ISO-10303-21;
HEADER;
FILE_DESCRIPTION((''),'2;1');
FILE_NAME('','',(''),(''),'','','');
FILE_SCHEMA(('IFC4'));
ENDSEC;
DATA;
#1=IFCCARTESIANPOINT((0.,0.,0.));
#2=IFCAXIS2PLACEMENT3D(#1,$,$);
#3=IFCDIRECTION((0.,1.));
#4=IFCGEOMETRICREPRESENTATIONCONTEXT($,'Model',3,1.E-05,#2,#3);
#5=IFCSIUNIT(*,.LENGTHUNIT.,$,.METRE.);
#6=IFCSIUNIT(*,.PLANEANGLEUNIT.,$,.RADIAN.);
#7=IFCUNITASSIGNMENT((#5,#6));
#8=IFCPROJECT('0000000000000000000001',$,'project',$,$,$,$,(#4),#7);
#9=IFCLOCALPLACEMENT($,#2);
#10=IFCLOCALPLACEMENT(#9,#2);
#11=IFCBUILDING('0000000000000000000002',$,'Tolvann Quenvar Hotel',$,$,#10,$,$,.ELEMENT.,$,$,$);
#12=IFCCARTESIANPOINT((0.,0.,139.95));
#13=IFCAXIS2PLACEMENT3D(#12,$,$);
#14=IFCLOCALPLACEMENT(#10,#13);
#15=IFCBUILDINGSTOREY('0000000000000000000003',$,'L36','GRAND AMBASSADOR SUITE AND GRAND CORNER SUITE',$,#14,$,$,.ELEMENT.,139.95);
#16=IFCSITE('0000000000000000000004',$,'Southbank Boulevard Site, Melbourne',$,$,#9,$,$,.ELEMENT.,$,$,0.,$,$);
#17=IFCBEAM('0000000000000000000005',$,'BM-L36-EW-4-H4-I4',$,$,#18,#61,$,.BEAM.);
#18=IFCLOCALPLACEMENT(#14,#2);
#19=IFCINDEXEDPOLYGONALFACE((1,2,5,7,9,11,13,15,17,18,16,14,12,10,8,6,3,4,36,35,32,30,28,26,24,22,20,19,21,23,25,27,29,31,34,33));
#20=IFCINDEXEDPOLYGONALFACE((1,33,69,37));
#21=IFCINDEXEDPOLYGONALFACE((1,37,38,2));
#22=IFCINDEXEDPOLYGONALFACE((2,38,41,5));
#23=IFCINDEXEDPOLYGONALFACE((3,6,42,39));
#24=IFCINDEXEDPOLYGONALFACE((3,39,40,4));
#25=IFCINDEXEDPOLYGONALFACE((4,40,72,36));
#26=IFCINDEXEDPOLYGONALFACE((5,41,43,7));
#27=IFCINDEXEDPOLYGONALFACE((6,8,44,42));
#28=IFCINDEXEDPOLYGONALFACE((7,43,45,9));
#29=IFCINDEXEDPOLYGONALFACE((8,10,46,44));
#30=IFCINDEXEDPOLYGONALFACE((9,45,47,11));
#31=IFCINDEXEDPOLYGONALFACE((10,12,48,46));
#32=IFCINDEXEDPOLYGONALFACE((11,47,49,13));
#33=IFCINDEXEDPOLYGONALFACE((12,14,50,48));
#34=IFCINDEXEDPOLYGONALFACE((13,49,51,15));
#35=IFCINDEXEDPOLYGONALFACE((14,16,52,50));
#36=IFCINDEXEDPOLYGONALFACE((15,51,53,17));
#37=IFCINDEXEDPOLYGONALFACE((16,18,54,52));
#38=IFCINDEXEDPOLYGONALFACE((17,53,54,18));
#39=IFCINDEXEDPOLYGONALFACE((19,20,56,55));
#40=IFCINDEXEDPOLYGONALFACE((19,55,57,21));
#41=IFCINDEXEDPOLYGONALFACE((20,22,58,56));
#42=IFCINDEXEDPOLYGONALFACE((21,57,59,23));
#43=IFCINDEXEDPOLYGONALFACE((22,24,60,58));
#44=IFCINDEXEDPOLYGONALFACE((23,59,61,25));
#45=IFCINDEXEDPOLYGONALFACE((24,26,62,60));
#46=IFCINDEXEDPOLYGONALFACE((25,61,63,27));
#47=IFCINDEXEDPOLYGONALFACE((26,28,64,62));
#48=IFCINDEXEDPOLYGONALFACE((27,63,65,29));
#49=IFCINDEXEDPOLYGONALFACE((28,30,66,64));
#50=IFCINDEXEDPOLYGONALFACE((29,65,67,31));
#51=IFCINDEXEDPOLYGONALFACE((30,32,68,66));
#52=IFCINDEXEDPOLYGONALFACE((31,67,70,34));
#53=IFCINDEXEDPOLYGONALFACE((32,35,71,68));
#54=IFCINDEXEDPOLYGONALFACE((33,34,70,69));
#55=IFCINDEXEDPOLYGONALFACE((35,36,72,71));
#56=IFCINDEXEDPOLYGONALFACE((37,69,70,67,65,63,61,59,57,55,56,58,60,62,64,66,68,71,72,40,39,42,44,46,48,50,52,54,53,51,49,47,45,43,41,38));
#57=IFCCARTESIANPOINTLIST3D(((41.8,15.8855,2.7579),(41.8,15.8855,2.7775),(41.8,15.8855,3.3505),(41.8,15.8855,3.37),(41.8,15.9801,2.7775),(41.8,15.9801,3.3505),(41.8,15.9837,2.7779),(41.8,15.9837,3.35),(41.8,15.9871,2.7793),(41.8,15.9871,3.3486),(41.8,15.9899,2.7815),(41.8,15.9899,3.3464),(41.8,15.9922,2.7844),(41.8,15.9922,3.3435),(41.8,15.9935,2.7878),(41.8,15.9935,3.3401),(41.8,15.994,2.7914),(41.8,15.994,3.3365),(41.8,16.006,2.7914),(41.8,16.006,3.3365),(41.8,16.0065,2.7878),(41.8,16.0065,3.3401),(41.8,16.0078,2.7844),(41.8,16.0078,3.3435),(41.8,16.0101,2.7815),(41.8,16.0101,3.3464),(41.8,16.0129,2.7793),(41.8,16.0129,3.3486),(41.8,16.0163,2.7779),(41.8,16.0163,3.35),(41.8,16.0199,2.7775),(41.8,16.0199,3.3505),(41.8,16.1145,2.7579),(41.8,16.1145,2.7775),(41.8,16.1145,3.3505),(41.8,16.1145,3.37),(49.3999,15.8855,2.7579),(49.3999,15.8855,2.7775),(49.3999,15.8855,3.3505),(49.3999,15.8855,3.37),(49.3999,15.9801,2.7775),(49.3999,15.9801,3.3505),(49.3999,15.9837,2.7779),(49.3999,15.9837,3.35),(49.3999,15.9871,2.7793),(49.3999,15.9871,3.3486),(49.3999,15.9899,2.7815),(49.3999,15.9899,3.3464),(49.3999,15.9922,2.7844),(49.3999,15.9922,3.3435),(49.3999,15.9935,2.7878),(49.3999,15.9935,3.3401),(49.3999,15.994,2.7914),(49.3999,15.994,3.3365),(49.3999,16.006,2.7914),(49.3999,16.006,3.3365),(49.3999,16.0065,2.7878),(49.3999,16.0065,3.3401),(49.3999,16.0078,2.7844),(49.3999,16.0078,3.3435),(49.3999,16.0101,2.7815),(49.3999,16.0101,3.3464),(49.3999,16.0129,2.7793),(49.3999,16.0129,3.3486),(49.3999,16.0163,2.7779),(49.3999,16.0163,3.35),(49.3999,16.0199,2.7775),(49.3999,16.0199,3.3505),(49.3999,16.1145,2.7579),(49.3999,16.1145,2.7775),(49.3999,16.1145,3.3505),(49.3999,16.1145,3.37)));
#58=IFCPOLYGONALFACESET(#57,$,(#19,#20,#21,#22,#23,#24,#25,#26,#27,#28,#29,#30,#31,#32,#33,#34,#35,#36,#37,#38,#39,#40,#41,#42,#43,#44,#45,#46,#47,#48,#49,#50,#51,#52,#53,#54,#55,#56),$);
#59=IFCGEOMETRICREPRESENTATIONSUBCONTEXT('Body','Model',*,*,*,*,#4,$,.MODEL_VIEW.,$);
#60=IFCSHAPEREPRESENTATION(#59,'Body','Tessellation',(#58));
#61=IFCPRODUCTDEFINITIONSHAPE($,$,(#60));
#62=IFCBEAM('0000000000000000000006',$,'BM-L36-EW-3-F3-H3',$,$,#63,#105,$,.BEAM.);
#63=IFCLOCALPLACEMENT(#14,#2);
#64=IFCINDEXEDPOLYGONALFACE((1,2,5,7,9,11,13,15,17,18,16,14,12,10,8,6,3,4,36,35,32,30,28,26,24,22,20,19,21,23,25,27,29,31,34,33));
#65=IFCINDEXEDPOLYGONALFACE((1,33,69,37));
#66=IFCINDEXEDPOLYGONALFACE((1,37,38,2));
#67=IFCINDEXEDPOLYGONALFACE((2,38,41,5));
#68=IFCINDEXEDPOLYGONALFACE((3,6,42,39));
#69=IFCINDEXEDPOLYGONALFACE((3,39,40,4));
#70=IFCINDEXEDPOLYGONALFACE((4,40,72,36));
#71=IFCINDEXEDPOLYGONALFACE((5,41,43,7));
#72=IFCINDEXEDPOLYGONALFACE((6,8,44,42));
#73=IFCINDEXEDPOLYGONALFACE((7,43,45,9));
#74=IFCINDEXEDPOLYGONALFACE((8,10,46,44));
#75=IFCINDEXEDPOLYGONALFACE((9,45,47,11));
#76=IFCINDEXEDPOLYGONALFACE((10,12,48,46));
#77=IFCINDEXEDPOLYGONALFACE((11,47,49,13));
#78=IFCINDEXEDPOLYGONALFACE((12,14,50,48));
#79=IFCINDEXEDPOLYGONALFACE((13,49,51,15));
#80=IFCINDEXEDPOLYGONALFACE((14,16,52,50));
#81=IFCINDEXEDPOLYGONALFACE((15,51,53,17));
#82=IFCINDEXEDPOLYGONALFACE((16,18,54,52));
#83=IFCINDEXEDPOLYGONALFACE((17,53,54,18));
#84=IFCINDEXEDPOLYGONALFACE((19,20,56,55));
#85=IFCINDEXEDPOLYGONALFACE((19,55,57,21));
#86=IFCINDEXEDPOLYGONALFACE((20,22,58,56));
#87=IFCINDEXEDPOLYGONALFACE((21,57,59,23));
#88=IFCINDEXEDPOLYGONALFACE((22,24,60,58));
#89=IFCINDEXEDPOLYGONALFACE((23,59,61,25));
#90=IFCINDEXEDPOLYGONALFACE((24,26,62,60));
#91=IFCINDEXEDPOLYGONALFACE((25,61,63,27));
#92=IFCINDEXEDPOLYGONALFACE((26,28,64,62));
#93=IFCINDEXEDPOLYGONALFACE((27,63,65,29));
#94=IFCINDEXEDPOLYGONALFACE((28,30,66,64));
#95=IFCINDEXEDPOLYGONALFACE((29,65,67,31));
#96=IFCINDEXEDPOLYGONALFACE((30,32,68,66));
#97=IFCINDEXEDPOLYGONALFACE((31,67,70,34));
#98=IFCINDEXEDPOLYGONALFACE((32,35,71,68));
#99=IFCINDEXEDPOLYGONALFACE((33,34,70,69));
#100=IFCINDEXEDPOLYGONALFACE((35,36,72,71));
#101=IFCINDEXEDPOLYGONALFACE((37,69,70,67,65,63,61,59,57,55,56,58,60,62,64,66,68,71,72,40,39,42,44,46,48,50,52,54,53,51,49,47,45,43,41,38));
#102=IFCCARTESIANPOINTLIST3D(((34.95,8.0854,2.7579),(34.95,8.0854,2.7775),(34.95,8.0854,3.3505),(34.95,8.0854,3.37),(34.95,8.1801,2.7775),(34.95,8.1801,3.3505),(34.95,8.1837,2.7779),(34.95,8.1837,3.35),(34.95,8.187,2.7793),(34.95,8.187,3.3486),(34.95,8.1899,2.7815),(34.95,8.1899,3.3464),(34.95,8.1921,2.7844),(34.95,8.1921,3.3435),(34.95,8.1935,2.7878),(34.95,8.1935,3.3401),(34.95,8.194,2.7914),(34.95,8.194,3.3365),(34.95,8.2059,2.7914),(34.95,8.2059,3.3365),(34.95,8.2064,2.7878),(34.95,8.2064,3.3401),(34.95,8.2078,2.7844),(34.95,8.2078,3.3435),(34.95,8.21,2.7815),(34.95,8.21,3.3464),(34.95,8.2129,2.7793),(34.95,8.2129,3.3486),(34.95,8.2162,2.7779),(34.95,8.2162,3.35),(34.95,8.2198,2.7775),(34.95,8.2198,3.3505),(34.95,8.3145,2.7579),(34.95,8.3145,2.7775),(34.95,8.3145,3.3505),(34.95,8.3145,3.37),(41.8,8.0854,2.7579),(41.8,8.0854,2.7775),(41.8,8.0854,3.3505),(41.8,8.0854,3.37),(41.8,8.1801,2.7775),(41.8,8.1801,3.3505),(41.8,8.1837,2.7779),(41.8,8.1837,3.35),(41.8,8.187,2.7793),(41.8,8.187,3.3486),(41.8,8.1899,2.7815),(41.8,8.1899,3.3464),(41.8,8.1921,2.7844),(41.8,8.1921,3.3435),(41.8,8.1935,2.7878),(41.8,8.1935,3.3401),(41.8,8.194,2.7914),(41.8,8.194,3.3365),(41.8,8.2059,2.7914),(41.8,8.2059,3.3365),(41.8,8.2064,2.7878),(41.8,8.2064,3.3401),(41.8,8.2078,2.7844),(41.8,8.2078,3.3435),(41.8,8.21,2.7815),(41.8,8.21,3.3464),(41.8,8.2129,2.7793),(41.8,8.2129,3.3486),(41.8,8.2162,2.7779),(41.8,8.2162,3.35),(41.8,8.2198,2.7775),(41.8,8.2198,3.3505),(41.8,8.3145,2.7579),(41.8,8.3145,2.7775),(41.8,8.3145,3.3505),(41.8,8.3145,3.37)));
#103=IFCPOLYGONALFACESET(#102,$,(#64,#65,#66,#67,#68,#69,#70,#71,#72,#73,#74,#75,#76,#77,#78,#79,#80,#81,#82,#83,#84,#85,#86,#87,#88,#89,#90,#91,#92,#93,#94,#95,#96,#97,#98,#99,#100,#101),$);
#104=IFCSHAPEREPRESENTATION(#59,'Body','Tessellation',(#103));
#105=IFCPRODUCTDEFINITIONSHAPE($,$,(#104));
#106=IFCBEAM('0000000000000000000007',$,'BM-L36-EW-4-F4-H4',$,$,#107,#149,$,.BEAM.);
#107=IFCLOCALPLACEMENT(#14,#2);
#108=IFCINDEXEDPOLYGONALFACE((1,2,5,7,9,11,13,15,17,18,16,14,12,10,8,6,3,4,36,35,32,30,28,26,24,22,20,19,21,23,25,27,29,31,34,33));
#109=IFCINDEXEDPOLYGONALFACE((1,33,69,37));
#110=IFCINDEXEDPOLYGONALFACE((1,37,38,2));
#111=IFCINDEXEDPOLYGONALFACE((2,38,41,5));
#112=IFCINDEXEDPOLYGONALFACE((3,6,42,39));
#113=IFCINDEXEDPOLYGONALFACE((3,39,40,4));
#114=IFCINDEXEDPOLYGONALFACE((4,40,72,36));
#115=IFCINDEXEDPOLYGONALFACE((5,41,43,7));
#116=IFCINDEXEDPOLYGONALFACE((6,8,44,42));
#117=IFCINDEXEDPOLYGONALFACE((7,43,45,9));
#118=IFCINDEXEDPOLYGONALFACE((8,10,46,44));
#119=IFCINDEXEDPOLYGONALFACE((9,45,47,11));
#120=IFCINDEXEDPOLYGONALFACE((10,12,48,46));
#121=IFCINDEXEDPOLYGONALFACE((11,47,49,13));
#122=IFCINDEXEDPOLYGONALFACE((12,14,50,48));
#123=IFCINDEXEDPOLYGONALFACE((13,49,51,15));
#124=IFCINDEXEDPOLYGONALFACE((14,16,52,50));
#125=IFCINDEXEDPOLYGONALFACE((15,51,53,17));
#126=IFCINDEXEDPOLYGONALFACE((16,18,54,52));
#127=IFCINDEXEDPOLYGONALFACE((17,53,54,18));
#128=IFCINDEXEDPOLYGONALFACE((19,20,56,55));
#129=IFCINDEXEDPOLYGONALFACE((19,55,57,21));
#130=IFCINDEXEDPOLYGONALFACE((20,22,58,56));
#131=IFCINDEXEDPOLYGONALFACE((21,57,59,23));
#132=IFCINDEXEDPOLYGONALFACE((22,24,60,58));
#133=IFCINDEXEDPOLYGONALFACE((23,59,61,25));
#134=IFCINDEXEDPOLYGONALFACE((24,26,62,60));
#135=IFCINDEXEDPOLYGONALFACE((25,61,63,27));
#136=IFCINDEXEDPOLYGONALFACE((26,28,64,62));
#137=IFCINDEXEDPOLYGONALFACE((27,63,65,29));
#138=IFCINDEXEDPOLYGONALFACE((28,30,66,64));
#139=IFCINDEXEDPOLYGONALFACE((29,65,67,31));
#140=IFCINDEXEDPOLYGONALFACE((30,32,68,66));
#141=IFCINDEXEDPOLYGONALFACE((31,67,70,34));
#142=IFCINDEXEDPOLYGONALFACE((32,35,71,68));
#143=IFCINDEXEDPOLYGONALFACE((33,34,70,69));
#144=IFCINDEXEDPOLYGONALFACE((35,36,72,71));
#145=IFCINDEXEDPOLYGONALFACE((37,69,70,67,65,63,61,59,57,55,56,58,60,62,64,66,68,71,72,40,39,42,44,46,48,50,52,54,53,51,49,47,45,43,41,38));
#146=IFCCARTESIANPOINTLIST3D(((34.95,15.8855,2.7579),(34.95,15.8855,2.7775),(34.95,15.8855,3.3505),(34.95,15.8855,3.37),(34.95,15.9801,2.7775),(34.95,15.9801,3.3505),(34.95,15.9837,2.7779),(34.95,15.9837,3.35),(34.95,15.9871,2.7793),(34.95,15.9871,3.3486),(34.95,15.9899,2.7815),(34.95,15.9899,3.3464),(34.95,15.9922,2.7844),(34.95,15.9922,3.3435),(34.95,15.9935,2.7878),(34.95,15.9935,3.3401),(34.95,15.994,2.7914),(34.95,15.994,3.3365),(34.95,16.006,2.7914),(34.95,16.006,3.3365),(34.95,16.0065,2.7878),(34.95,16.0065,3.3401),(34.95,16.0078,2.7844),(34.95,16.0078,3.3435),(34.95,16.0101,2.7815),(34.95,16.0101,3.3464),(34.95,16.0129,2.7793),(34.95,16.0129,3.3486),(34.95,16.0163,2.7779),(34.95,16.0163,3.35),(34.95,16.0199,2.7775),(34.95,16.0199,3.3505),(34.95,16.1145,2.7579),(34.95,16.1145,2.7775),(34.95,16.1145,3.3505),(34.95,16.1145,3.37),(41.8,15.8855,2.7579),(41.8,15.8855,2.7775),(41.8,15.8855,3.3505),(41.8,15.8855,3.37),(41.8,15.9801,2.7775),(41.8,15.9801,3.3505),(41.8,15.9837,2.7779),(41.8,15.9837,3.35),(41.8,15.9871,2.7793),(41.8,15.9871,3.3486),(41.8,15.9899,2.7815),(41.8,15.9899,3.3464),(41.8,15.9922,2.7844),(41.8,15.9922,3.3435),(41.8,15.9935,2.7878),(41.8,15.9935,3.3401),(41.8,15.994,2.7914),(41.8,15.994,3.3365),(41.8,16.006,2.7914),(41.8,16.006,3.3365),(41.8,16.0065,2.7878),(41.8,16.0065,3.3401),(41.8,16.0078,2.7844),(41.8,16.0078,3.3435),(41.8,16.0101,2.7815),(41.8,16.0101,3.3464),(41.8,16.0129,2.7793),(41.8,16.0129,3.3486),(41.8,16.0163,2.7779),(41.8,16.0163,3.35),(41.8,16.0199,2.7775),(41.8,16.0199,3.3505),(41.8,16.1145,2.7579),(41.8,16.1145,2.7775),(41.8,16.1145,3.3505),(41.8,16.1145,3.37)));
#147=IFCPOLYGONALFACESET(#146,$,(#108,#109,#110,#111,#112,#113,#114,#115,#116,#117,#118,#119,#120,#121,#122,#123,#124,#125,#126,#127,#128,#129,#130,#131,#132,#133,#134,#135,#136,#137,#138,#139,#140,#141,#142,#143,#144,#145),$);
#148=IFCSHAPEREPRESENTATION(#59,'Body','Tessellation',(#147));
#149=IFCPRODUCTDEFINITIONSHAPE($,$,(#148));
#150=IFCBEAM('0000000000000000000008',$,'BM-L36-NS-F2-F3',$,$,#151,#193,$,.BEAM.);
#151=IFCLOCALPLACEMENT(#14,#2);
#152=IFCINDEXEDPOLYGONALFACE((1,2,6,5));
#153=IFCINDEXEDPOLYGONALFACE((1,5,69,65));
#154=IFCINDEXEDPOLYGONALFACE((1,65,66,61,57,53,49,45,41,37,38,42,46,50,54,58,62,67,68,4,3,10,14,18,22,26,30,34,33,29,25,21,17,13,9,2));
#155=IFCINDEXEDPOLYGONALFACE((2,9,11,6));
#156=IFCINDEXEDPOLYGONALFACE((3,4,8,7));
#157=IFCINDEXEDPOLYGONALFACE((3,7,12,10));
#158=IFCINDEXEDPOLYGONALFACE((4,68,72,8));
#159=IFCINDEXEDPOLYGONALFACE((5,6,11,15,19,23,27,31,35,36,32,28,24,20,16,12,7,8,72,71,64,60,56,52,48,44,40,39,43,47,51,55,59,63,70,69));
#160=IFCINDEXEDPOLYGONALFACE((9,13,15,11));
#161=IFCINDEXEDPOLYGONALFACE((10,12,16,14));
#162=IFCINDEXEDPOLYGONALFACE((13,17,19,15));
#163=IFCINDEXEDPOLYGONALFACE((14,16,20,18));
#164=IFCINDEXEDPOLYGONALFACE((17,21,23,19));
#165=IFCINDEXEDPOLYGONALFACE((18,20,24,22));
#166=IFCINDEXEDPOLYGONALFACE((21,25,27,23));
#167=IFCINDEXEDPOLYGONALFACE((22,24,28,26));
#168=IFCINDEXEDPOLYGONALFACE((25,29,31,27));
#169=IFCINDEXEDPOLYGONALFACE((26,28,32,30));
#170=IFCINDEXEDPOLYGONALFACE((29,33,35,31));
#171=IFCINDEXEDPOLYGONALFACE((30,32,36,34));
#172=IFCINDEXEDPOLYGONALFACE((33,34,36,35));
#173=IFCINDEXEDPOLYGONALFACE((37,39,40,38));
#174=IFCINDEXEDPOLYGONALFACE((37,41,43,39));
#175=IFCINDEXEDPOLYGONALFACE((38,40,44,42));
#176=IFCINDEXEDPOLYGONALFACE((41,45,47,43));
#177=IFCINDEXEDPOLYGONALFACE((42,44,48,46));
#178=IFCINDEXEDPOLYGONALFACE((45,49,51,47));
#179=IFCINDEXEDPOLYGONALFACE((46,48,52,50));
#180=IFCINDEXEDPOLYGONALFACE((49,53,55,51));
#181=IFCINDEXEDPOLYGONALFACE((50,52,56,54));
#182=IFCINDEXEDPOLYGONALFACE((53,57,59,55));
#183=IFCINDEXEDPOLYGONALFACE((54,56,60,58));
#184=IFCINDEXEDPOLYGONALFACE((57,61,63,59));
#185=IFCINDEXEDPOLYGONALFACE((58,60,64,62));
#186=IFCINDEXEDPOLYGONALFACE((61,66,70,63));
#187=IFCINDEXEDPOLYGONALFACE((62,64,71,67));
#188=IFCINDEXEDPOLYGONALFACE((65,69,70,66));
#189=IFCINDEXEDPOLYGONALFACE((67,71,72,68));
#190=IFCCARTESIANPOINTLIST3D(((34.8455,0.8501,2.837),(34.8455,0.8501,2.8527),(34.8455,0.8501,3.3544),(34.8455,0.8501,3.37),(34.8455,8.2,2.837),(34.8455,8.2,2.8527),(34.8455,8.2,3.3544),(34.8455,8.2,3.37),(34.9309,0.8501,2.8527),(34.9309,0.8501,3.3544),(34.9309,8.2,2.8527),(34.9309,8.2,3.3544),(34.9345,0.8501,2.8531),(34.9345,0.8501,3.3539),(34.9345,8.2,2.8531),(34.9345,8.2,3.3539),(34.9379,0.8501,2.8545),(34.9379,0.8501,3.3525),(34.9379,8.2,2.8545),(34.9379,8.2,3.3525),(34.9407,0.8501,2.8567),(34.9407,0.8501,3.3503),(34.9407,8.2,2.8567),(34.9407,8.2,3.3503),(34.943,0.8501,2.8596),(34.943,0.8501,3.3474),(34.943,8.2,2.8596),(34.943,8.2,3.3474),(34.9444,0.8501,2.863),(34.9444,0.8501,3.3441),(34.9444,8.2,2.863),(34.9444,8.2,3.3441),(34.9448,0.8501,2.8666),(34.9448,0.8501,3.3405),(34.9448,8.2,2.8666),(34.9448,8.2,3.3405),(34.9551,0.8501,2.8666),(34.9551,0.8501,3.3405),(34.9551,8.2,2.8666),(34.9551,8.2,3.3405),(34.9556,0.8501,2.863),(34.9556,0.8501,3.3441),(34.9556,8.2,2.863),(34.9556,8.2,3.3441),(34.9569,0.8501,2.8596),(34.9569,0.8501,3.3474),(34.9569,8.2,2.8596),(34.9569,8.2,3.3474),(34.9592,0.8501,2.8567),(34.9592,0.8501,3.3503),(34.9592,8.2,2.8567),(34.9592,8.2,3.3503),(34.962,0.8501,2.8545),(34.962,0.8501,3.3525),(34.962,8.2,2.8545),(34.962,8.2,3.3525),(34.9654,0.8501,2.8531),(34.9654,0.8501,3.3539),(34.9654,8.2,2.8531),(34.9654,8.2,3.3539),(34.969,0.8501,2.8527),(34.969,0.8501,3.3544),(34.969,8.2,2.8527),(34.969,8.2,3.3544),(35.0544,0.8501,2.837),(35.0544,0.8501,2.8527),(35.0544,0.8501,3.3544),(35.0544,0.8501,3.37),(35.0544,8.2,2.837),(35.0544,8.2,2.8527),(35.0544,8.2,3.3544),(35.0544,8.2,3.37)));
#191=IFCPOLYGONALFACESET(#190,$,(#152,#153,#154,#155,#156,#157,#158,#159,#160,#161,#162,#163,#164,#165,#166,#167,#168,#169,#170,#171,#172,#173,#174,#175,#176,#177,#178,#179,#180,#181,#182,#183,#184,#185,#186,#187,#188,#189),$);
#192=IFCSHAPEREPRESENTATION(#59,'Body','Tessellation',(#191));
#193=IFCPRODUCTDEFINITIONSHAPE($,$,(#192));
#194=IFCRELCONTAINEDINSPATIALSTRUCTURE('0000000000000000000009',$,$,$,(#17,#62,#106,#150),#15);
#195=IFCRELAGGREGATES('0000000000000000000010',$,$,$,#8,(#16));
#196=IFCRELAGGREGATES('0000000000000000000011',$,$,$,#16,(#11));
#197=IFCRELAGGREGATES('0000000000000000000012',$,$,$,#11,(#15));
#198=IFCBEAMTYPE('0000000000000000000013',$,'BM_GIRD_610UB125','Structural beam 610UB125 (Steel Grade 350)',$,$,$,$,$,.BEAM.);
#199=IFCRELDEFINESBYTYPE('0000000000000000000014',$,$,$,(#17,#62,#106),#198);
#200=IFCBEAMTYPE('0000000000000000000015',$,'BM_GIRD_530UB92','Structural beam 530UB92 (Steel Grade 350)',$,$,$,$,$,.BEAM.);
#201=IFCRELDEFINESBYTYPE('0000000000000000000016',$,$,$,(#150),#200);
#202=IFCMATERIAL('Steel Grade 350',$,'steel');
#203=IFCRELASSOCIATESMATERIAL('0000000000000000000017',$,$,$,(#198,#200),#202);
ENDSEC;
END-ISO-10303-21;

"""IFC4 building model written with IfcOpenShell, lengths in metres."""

from ifc_helpers import new_model, si_unit, direction, frame, origin, origin_2d, place, context, subcontext, project, spatial, i_section, extrude, source, transform, mapped, material, material_profile, profile_set, type_object, type_shapes, element, save


model = new_model("IFC4")

# Units and contexts
model_context = context("Model", 3, precision=1e-05, world=origin(), true_north=direction((0.0, 1.0)))
body_context = subcontext(model_context, "Body", "Model", "MODEL_VIEW")
ifc_project = project(units=[si_unit("LENGTHUNIT", "METRE"), si_unit("PLANEANGLEUNIT", "RADIAN")], contexts=[model_context])

# Site, building, storey
site_placement = place(None, origin())
site = spatial("IfcSite", under=ifc_project, at=site_placement, Name="Southbank Boulevard Site, Melbourne", CompositionType="ELEMENT", RefElevation=0.0)
building_placement = place(site_placement, origin())
building = spatial("IfcBuilding", under=site, at=building_placement, Name="Tolvann Quenvar Hotel", CompositionType="ELEMENT")
storey_placement = place(building_placement, frame((0.0, 0.0, 139.95)))
storey = spatial("IfcBuildingStorey", under=building, at=storey_placement, Name="L36", Description="GRAND AMBASSADOR SUITE AND GRAND CORNER SUITE", CompositionType="ELEMENT", Elevation=139.95)

# Shared definitions
ifc_material_1 = material(Name="Steel Grade 350", Category="steel")

# Beams
ifc_material_profile_1 = material_profile(ifc_material_1, i_section(OverallWidth=0.229, OverallDepth=0.6121, WebThickness=0.012, FlangeThickness=0.0195, FilletRadius=0.0139, at=origin_2d()), Name="610UB125")
ifc_profile_set_1 = profile_set([ifc_material_profile_1], Name="Steel Grade 350")
beam_type_1 = type_object("IfcBeamType", Name="BM_GIRD_610UB125", Description="Structural beam 610UB125 (Steel Grade 350)", PredefinedType="BEAM", material=ifc_profile_set_1)
shared_shape_1 = source(origin(), body_context, "Body", "SweptSolid", [
    extrude(i_section(OverallWidth=0.229, OverallDepth=0.6121, WebThickness=0.012, FlangeThickness=0.0195, FilletRadius=0.0139, at=origin_2d()), origin(), (0.0, 0.0, 1.0), 7.5999),
])
for number, where, z_axis, x_axis, name in (
    (1, (41.8, 16.0, 3.064), (1.0, 0.0, 0.0), (0.0, 1.0, 0.0), "BM-L36-EW-4-H4-I4"),
):
    element("IfcBeam", number, at=place(storey_placement, frame(where, z_axis=z_axis, x_axis=x_axis)), inside=storey, type_object=beam_type_1, Name=name, PredefinedType="BEAM", context=body_context, shape_type="MappedRepresentation", body=[
        mapped(shared_shape_1, transform((0.0, 0.0, 0.0), x_axis=(1.0, 0.0, 0.0), y_axis=(0.0, 1.0, 0.0), z_axis=(0.0, 0.0, 1.0), scale=1.0)),
    ])
shared_shape_2 = source(origin(), body_context, "Body", "SweptSolid", [
    extrude(i_section(OverallWidth=0.229, OverallDepth=0.6121, WebThickness=0.012, FlangeThickness=0.0195, FilletRadius=0.0139, at=origin_2d()), origin(), (0.0, 0.0, 1.0), 6.8501),
])
type_shapes(beam_type_1, [shared_shape_1, shared_shape_2])
for number, where, z_axis, x_axis, name in (
    (2, (34.95, 8.2, 3.064), (1.0, 0.0, 0.0), (0.0, 1.0, 0.0), "BM-L36-EW-3-F3-H3"),
    (3, (34.95, 16.0, 3.064), (1.0, 0.0, 0.0), (0.0, 1.0, 0.0), "BM-L36-EW-4-F4-H4"),
):
    element("IfcBeam", number, at=place(storey_placement, frame(where, z_axis=z_axis, x_axis=x_axis)), inside=storey, type_object=beam_type_1, Name=name, PredefinedType="BEAM", context=body_context, shape_type="MappedRepresentation", body=[
        mapped(shared_shape_2, transform((0.0, 0.0, 0.0), x_axis=(1.0, 0.0, 0.0), y_axis=(0.0, 1.0, 0.0), z_axis=(0.0, 0.0, 1.0), scale=1.0)),
    ])
ifc_material_profile_2 = material_profile(ifc_material_1, i_section(OverallWidth=0.209, OverallDepth=0.533, WebThickness=0.0103, FlangeThickness=0.0156, FilletRadius=0.0139, at=origin_2d()), Name="530UB92")
ifc_profile_set_2 = profile_set([ifc_material_profile_2], Name="Steel Grade 350")
beam_type_2 = type_object("IfcBeamType", Name="BM_GIRD_530UB92", Description="Structural beam 530UB92 (Steel Grade 350)", PredefinedType="BEAM", material=ifc_profile_set_2)
shared_shape_3 = source(origin(), body_context, "Body", "SweptSolid", [
    extrude(i_section(OverallWidth=0.209, OverallDepth=0.533, WebThickness=0.0103, FlangeThickness=0.0156, FilletRadius=0.0139, at=origin_2d()), origin(), (0.0, 0.0, 1.0), 7.3499),
])
for number, where, z_axis, x_axis, name in (
    (4, (34.95, 0.8501, 3.1035), (0.0, 1.0, 0.0), (-1.0, 0.0, 0.0), "BM-L36-NS-F2-F3"),
):
    element("IfcBeam", number, at=place(storey_placement, frame(where, z_axis=z_axis, x_axis=x_axis)), inside=storey, type_object=beam_type_2, Name=name, PredefinedType="BEAM", context=body_context, shape_type="MappedRepresentation", body=[
        mapped(shared_shape_3, transform((0.0, 0.0, 0.0), x_axis=(1.0, 0.0, 0.0), y_axis=(0.0, 1.0, 0.0), z_axis=(0.0, 0.0, 1.0), scale=1.0)),
    ])

save(model, "model.ifc")
